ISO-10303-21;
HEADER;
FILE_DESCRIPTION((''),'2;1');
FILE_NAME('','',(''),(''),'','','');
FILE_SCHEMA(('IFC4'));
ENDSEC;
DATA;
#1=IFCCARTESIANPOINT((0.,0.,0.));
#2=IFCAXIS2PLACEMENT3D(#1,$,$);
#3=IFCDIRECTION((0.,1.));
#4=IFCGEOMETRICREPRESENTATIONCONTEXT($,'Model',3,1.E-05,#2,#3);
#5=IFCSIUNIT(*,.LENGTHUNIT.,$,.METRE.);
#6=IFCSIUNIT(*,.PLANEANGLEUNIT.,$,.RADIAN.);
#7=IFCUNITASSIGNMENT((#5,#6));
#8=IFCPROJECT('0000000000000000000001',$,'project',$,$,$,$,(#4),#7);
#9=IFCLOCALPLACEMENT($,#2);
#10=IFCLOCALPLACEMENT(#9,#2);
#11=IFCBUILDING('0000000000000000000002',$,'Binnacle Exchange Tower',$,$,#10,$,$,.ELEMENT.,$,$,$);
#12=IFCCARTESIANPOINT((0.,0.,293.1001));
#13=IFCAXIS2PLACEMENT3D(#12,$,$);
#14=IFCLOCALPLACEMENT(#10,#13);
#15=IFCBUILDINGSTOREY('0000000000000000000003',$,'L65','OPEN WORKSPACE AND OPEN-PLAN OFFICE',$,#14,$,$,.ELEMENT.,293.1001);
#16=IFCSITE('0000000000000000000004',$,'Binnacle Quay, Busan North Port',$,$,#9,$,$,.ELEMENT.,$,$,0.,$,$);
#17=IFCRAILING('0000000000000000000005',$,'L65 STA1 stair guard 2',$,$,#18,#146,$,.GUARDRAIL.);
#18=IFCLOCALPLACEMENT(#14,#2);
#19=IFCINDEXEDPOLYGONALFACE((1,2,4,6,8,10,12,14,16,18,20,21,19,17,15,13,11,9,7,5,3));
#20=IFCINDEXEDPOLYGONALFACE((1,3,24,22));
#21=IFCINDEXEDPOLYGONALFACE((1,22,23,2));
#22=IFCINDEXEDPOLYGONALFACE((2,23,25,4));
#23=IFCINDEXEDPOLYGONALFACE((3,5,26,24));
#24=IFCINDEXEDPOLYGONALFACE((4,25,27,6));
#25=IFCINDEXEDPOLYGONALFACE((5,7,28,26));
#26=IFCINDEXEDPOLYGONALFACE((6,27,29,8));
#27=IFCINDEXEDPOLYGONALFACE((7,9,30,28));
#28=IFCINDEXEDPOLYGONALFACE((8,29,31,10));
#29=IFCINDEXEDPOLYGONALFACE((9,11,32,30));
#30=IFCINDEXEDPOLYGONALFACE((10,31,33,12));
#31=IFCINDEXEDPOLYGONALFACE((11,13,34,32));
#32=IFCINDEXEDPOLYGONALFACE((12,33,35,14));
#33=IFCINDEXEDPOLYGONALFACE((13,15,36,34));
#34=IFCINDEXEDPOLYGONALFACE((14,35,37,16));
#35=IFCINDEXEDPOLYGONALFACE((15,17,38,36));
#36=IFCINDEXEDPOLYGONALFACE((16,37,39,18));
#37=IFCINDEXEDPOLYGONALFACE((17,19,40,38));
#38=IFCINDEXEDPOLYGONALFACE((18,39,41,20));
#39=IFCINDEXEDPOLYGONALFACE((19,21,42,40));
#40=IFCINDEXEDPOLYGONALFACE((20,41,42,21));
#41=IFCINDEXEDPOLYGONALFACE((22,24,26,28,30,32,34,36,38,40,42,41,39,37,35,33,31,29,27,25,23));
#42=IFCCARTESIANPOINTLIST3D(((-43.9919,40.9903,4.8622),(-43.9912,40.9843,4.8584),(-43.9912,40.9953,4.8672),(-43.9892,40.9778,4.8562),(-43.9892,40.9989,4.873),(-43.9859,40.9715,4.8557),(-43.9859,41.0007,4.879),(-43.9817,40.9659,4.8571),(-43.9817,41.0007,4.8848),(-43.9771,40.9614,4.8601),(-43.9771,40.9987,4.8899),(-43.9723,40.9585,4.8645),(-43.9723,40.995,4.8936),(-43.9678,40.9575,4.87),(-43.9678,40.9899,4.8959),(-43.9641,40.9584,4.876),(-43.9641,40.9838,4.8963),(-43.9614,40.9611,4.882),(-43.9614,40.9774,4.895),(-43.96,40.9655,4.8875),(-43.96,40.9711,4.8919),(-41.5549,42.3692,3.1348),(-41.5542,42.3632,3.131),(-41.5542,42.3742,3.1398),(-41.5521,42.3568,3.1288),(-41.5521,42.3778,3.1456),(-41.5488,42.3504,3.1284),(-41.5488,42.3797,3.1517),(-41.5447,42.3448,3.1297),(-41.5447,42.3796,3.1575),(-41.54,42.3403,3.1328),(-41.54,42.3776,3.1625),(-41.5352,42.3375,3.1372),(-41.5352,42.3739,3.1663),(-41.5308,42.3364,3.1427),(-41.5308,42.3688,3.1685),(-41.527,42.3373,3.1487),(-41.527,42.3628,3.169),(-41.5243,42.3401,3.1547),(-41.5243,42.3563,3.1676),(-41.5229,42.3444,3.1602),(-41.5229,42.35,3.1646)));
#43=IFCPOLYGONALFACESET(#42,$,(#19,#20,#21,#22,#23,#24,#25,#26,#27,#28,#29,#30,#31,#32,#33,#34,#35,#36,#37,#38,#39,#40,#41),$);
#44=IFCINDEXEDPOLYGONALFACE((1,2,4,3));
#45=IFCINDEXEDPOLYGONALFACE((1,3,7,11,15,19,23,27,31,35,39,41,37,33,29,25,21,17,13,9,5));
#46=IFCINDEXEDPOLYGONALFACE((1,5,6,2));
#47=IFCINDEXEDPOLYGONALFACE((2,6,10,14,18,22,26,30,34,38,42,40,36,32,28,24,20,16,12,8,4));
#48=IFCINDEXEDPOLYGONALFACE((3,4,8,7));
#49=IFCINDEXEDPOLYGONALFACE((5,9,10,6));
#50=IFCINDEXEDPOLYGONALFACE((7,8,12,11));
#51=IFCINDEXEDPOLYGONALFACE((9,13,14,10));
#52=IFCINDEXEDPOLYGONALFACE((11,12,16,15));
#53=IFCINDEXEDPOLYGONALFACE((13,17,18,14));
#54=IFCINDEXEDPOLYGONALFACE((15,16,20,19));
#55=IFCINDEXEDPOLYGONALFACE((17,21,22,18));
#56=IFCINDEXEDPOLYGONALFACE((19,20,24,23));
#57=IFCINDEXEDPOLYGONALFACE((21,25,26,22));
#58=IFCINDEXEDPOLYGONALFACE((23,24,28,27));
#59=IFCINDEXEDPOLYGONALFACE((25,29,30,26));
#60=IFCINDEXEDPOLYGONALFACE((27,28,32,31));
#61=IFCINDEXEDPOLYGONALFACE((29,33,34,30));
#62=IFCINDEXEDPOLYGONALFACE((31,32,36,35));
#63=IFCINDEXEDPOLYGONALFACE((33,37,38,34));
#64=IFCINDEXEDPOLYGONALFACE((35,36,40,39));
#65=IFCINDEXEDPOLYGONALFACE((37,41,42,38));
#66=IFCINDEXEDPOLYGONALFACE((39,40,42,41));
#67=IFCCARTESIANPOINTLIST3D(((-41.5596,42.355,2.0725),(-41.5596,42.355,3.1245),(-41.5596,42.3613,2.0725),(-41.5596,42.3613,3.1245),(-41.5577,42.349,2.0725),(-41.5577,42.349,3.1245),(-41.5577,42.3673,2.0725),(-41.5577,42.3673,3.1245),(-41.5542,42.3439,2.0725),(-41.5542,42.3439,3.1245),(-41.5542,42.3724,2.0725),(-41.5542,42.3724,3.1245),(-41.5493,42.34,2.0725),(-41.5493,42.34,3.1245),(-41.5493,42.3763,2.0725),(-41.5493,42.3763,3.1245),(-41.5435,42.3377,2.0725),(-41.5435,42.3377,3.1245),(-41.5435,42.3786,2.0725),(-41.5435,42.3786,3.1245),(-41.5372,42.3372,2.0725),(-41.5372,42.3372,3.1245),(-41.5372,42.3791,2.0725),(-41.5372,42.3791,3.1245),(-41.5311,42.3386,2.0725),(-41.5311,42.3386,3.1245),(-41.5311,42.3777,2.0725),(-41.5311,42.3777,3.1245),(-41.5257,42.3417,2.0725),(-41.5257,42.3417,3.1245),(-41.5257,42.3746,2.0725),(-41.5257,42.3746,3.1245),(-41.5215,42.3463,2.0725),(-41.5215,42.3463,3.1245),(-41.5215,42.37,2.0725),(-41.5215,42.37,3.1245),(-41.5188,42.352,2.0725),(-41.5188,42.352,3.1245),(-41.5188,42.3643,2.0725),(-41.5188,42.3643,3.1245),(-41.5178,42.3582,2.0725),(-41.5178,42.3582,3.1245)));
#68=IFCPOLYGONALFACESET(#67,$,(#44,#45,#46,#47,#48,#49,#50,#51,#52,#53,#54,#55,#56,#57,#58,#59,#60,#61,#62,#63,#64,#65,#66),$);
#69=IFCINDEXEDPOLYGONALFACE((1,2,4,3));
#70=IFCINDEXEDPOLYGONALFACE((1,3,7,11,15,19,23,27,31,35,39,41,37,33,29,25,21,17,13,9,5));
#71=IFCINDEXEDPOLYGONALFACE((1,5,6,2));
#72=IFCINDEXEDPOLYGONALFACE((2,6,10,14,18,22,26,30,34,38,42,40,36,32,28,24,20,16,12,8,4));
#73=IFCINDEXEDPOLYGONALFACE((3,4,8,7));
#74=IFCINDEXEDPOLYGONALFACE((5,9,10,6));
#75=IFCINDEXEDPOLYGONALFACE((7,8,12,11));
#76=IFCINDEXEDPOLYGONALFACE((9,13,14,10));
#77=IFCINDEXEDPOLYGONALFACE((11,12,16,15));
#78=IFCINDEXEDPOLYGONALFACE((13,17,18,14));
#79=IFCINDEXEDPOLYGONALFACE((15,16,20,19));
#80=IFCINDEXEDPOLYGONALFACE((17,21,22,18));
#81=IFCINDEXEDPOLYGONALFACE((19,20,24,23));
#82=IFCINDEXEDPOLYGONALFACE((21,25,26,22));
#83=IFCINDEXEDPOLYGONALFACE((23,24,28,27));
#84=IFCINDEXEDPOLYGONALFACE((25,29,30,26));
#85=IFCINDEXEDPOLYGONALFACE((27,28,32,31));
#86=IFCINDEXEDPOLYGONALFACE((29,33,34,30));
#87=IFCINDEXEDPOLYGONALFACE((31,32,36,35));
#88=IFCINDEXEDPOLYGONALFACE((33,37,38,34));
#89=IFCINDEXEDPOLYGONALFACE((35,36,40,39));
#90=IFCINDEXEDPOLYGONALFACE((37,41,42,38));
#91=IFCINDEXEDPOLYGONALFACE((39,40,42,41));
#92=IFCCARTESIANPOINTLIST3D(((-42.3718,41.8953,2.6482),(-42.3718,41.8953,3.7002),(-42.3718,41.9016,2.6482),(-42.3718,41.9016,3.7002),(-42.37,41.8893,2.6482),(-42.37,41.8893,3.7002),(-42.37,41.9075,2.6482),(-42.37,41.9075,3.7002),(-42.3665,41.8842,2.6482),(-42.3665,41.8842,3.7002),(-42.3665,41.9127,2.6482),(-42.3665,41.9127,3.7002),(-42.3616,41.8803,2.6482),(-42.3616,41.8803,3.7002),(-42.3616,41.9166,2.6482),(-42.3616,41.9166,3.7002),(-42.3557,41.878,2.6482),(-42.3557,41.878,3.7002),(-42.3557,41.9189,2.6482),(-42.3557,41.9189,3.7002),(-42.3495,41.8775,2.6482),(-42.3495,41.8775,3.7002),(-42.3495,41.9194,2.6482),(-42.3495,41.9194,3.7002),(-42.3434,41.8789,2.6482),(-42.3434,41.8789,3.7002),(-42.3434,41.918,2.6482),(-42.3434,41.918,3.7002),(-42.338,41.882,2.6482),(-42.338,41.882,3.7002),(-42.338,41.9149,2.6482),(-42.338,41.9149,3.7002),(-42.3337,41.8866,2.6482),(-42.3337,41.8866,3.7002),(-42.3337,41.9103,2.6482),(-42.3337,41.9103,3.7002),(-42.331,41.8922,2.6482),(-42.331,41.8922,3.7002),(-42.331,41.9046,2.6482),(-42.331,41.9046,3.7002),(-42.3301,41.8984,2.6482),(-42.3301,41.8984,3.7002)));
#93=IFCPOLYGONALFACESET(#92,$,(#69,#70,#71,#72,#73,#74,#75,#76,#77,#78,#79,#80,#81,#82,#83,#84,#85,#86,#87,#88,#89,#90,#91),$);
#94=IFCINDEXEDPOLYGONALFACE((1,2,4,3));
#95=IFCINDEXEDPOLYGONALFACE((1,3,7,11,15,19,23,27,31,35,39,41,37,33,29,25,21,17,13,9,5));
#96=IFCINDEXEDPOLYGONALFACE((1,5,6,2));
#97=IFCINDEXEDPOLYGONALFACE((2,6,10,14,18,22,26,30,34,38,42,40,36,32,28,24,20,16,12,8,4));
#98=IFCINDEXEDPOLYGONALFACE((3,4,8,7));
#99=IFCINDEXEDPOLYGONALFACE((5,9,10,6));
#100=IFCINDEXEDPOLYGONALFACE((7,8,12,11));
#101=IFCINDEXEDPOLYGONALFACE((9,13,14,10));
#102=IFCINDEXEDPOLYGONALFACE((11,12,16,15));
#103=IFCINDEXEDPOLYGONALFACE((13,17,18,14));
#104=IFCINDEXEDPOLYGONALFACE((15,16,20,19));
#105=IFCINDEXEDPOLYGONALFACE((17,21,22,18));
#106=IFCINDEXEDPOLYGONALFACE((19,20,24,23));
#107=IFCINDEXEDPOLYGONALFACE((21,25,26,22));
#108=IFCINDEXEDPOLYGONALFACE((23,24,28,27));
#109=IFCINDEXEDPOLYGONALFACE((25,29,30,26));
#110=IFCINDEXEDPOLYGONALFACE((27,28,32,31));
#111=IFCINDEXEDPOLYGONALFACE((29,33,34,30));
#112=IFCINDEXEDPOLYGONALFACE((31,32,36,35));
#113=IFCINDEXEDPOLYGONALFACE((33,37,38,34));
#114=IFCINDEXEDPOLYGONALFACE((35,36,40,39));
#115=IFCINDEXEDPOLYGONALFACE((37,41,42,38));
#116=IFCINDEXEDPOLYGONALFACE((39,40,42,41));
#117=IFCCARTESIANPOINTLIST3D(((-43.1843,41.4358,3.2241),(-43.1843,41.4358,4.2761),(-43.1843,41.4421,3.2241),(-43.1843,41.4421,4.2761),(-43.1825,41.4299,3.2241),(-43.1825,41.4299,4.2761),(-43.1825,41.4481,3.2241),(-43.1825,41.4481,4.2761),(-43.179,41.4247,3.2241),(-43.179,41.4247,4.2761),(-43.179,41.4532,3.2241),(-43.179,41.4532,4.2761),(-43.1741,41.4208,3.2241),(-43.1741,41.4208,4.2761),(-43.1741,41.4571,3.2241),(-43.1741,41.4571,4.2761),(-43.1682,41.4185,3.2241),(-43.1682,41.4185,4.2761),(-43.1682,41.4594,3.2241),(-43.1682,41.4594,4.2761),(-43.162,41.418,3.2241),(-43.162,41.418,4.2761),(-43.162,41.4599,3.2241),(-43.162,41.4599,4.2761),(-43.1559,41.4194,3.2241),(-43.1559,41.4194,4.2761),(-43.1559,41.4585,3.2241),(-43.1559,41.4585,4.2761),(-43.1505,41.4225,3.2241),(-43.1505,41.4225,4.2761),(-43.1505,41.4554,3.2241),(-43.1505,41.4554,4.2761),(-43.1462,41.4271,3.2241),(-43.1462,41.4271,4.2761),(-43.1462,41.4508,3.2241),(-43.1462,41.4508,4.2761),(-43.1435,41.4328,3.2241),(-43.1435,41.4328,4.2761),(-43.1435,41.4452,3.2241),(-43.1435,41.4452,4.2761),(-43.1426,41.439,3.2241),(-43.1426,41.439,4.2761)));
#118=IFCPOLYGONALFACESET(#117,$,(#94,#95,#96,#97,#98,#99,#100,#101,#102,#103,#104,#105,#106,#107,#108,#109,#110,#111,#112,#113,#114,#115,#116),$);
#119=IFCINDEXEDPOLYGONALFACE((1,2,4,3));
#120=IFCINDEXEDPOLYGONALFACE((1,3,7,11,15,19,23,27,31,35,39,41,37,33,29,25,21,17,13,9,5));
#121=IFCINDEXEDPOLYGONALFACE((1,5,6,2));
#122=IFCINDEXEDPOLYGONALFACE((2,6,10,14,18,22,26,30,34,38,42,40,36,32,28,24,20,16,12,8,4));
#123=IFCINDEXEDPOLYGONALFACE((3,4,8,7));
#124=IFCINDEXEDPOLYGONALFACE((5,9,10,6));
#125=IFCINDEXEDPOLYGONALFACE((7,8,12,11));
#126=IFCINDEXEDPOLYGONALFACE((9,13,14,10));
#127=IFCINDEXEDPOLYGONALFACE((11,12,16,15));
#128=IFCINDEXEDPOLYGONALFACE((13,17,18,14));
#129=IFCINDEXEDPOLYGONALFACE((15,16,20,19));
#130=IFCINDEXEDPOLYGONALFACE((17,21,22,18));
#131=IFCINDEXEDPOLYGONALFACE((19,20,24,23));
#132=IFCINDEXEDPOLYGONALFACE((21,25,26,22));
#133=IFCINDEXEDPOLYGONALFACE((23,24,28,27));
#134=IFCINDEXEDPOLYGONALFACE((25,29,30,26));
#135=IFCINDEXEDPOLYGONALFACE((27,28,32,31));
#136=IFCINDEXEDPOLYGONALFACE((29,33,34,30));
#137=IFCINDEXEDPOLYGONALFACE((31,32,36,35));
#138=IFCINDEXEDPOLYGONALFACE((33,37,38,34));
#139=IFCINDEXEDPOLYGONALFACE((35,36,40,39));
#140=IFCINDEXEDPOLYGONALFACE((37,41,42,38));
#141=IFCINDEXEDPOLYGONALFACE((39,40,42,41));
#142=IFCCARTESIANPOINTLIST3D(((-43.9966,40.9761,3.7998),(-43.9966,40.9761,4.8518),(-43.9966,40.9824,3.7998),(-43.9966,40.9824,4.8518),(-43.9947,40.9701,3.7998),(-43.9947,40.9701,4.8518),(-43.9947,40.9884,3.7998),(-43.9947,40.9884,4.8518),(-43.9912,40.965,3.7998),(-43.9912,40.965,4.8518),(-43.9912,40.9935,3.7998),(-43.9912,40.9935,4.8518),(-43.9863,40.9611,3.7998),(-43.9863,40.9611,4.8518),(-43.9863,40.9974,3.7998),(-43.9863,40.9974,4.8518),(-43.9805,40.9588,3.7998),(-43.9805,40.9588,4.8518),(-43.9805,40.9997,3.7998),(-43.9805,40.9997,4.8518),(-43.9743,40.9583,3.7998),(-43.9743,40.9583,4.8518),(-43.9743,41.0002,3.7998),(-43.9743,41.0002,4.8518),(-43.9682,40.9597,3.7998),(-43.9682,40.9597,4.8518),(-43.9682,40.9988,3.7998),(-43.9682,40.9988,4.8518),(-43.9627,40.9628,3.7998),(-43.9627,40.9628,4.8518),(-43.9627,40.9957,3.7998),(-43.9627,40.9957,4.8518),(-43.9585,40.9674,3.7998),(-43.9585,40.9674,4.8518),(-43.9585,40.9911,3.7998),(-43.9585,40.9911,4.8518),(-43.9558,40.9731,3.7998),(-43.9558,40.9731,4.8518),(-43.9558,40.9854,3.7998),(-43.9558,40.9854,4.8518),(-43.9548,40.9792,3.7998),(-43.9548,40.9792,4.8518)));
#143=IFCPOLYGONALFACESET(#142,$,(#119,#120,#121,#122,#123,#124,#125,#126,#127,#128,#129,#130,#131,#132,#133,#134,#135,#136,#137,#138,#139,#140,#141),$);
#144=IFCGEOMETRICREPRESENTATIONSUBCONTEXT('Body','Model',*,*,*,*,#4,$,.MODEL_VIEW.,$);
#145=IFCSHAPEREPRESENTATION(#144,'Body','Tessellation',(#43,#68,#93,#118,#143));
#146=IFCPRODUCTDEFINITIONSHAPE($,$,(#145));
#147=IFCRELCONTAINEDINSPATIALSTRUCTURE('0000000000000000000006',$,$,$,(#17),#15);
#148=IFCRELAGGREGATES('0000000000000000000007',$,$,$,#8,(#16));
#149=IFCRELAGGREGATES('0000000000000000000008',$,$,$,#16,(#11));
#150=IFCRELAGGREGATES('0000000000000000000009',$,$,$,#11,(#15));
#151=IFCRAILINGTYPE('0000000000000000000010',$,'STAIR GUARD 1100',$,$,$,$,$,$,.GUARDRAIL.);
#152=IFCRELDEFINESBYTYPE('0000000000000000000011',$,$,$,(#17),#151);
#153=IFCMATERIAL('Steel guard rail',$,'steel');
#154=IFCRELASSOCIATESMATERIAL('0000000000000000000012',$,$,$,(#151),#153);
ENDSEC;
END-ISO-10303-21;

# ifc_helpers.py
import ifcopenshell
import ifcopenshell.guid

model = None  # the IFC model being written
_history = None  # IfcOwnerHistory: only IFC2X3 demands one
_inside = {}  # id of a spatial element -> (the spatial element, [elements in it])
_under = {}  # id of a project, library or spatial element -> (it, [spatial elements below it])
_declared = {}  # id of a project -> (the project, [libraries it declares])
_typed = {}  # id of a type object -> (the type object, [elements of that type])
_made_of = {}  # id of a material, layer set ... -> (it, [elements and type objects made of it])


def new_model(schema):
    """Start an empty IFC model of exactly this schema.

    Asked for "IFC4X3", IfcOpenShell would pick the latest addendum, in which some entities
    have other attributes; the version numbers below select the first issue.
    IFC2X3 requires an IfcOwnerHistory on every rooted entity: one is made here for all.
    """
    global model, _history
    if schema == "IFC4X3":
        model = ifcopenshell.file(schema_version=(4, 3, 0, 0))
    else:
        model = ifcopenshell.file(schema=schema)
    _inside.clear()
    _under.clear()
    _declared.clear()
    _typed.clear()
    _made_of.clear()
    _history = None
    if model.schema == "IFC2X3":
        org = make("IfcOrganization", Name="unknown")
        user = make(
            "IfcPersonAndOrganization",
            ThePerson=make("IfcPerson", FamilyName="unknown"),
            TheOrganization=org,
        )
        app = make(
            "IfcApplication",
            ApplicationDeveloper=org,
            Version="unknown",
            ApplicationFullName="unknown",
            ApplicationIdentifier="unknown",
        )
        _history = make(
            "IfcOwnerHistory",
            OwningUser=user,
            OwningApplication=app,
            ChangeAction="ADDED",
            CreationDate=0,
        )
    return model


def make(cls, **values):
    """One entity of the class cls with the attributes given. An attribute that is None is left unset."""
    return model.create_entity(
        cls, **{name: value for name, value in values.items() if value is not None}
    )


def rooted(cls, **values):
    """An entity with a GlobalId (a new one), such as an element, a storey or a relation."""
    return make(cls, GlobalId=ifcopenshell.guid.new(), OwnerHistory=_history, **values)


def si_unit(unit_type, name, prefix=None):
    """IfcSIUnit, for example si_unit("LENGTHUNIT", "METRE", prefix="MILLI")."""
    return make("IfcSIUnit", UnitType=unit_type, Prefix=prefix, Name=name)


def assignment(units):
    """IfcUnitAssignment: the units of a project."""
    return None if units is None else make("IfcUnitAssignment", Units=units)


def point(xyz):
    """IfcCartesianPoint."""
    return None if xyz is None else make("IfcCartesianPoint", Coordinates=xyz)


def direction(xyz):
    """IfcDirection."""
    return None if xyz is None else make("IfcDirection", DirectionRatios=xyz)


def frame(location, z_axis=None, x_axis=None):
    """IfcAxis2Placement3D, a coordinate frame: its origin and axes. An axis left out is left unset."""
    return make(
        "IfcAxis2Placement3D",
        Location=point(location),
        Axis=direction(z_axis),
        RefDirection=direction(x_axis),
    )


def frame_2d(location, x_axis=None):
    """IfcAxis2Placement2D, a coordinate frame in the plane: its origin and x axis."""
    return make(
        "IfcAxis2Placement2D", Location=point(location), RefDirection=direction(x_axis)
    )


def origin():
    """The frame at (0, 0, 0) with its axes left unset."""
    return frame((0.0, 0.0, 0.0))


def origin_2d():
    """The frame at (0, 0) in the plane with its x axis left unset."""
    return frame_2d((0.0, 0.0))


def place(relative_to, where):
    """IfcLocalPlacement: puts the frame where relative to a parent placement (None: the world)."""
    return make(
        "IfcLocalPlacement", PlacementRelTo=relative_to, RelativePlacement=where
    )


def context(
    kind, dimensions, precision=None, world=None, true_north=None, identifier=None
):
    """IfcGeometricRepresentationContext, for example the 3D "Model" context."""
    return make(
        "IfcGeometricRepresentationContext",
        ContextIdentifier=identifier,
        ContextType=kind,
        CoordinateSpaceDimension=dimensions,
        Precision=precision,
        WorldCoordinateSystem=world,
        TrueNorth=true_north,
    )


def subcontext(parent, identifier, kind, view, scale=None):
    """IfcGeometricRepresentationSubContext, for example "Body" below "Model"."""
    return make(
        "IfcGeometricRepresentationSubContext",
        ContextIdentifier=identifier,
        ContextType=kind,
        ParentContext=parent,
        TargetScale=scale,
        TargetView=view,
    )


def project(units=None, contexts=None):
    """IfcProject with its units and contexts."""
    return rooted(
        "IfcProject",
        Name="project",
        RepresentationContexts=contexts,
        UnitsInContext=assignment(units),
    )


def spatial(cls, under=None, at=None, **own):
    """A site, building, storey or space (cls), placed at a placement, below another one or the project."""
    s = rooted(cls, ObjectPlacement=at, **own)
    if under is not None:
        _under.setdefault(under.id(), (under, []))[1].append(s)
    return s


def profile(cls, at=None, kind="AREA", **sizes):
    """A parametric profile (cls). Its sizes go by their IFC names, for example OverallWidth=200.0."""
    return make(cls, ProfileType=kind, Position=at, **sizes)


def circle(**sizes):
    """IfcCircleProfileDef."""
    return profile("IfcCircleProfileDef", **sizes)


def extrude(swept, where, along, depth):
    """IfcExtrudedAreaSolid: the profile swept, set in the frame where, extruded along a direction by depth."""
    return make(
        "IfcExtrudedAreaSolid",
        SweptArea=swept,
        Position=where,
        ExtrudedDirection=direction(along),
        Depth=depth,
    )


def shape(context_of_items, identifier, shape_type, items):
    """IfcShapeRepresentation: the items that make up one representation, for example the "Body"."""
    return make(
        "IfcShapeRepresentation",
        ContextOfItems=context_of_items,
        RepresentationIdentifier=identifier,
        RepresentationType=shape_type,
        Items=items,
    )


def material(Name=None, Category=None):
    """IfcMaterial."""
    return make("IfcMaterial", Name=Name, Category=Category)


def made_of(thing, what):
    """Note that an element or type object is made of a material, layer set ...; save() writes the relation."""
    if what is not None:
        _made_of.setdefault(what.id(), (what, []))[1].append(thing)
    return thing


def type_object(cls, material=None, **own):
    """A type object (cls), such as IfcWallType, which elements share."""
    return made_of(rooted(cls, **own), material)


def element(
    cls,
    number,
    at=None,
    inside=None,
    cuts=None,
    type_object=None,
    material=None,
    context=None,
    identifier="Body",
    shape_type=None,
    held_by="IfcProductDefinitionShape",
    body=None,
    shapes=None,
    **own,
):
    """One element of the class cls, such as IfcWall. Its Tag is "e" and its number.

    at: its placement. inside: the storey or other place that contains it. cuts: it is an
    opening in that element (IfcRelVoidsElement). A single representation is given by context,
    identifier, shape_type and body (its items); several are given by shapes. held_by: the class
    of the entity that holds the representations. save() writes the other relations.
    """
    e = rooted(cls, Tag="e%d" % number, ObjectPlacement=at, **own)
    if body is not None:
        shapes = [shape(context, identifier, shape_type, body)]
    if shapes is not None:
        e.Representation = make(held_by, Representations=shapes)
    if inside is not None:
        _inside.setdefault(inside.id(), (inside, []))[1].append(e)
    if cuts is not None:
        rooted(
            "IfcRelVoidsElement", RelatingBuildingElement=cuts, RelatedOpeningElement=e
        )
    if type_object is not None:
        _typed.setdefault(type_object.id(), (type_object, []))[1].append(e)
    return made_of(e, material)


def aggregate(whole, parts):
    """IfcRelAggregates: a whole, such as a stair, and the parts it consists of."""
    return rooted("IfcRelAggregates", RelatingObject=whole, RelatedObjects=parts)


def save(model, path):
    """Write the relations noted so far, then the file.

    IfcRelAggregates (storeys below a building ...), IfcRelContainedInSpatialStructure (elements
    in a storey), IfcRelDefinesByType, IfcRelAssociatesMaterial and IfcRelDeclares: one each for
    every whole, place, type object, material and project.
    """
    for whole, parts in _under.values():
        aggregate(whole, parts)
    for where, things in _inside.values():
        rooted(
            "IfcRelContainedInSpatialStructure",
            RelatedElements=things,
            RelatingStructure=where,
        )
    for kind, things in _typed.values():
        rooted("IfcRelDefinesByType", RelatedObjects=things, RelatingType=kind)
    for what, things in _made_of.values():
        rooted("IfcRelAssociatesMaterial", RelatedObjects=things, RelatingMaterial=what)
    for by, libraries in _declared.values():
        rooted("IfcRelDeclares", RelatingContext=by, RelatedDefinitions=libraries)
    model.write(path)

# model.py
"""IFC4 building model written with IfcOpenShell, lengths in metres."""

from ifc_helpers import new_model, si_unit, direction, frame, origin, origin_2d, place, context, subcontext, project, spatial, circle, extrude, material, type_object, element, save


model = new_model("IFC4")

# Units and contexts
model_context = context("Model", 3, precision=1e-05, world=origin(), true_north=direction((0.0, 1.0)))
body_context = subcontext(model_context, "Body", "Model", "MODEL_VIEW")
ifc_project = project(units=[si_unit("LENGTHUNIT", "METRE"), si_unit("PLANEANGLEUNIT", "RADIAN")], contexts=[model_context])

# Site, building, storey
site_placement = place(None, origin())
site = spatial("IfcSite", under=ifc_project, at=site_placement, Name="Binnacle Quay, Busan North Port", CompositionType="ELEMENT", RefElevation=0.0)
building_placement = place(site_placement, origin())
building = spatial("IfcBuilding", under=site, at=building_placement, Name="Binnacle Exchange Tower", CompositionType="ELEMENT")
storey_placement = place(building_placement, frame((0.0, 0.0, 293.1001)))
storey = spatial("IfcBuildingStorey", under=building, at=storey_placement, Name="L65", Description="OPEN WORKSPACE AND OPEN-PLAN OFFICE", CompositionType="ELEMENT", Elevation=293.1001)

# Railing
ifc_material_1 = material(Name="Steel guard rail", Category="steel")
railing_type = type_object("IfcRailingType", Name="STAIR GUARD 1100", PredefinedType="GUARDRAIL", material=ifc_material_1)
railing_1_placement = place(storey_placement, frame((-41.5388, 42.3582, 2.0725)))
element("IfcRailing", 1, at=railing_1_placement, inside=storey, type_object=railing_type, Name="L65 STA1 stair guard 2", PredefinedType="GUARDRAIL", context=body_context, shape_type="SweptSolid", body=[
    extrude(circle(Radius=0.0239, at=origin_2d()), frame((0.0, 0.0, 1.0762), z_axis=(-0.740738, -0.419123, 0.525017), x_axis=(0.492454, -0.870339, 0.0)), (0.0, 0.0, 1.0), 3.29),
    extrude(circle(Radius=0.021, at=origin_2d()), origin(), (0.0, 0.0, 1.0), 1.052),
    extrude(circle(Radius=0.021, at=origin_2d()), frame((-0.8123, -0.4597, 0.5757)), (0.0, 0.0, 1.0), 1.052),
    extrude(circle(Radius=0.021, at=origin_2d()), frame((-1.6248, -0.9192, 1.1516)), (0.0, 0.0, 1.0), 1.052),
    extrude(circle(Radius=0.021, at=origin_2d()), frame((-2.437, -1.3789, 1.7273)), (0.0, 0.0, 1.0), 1.052),
])

save(model, "model.ifc")
